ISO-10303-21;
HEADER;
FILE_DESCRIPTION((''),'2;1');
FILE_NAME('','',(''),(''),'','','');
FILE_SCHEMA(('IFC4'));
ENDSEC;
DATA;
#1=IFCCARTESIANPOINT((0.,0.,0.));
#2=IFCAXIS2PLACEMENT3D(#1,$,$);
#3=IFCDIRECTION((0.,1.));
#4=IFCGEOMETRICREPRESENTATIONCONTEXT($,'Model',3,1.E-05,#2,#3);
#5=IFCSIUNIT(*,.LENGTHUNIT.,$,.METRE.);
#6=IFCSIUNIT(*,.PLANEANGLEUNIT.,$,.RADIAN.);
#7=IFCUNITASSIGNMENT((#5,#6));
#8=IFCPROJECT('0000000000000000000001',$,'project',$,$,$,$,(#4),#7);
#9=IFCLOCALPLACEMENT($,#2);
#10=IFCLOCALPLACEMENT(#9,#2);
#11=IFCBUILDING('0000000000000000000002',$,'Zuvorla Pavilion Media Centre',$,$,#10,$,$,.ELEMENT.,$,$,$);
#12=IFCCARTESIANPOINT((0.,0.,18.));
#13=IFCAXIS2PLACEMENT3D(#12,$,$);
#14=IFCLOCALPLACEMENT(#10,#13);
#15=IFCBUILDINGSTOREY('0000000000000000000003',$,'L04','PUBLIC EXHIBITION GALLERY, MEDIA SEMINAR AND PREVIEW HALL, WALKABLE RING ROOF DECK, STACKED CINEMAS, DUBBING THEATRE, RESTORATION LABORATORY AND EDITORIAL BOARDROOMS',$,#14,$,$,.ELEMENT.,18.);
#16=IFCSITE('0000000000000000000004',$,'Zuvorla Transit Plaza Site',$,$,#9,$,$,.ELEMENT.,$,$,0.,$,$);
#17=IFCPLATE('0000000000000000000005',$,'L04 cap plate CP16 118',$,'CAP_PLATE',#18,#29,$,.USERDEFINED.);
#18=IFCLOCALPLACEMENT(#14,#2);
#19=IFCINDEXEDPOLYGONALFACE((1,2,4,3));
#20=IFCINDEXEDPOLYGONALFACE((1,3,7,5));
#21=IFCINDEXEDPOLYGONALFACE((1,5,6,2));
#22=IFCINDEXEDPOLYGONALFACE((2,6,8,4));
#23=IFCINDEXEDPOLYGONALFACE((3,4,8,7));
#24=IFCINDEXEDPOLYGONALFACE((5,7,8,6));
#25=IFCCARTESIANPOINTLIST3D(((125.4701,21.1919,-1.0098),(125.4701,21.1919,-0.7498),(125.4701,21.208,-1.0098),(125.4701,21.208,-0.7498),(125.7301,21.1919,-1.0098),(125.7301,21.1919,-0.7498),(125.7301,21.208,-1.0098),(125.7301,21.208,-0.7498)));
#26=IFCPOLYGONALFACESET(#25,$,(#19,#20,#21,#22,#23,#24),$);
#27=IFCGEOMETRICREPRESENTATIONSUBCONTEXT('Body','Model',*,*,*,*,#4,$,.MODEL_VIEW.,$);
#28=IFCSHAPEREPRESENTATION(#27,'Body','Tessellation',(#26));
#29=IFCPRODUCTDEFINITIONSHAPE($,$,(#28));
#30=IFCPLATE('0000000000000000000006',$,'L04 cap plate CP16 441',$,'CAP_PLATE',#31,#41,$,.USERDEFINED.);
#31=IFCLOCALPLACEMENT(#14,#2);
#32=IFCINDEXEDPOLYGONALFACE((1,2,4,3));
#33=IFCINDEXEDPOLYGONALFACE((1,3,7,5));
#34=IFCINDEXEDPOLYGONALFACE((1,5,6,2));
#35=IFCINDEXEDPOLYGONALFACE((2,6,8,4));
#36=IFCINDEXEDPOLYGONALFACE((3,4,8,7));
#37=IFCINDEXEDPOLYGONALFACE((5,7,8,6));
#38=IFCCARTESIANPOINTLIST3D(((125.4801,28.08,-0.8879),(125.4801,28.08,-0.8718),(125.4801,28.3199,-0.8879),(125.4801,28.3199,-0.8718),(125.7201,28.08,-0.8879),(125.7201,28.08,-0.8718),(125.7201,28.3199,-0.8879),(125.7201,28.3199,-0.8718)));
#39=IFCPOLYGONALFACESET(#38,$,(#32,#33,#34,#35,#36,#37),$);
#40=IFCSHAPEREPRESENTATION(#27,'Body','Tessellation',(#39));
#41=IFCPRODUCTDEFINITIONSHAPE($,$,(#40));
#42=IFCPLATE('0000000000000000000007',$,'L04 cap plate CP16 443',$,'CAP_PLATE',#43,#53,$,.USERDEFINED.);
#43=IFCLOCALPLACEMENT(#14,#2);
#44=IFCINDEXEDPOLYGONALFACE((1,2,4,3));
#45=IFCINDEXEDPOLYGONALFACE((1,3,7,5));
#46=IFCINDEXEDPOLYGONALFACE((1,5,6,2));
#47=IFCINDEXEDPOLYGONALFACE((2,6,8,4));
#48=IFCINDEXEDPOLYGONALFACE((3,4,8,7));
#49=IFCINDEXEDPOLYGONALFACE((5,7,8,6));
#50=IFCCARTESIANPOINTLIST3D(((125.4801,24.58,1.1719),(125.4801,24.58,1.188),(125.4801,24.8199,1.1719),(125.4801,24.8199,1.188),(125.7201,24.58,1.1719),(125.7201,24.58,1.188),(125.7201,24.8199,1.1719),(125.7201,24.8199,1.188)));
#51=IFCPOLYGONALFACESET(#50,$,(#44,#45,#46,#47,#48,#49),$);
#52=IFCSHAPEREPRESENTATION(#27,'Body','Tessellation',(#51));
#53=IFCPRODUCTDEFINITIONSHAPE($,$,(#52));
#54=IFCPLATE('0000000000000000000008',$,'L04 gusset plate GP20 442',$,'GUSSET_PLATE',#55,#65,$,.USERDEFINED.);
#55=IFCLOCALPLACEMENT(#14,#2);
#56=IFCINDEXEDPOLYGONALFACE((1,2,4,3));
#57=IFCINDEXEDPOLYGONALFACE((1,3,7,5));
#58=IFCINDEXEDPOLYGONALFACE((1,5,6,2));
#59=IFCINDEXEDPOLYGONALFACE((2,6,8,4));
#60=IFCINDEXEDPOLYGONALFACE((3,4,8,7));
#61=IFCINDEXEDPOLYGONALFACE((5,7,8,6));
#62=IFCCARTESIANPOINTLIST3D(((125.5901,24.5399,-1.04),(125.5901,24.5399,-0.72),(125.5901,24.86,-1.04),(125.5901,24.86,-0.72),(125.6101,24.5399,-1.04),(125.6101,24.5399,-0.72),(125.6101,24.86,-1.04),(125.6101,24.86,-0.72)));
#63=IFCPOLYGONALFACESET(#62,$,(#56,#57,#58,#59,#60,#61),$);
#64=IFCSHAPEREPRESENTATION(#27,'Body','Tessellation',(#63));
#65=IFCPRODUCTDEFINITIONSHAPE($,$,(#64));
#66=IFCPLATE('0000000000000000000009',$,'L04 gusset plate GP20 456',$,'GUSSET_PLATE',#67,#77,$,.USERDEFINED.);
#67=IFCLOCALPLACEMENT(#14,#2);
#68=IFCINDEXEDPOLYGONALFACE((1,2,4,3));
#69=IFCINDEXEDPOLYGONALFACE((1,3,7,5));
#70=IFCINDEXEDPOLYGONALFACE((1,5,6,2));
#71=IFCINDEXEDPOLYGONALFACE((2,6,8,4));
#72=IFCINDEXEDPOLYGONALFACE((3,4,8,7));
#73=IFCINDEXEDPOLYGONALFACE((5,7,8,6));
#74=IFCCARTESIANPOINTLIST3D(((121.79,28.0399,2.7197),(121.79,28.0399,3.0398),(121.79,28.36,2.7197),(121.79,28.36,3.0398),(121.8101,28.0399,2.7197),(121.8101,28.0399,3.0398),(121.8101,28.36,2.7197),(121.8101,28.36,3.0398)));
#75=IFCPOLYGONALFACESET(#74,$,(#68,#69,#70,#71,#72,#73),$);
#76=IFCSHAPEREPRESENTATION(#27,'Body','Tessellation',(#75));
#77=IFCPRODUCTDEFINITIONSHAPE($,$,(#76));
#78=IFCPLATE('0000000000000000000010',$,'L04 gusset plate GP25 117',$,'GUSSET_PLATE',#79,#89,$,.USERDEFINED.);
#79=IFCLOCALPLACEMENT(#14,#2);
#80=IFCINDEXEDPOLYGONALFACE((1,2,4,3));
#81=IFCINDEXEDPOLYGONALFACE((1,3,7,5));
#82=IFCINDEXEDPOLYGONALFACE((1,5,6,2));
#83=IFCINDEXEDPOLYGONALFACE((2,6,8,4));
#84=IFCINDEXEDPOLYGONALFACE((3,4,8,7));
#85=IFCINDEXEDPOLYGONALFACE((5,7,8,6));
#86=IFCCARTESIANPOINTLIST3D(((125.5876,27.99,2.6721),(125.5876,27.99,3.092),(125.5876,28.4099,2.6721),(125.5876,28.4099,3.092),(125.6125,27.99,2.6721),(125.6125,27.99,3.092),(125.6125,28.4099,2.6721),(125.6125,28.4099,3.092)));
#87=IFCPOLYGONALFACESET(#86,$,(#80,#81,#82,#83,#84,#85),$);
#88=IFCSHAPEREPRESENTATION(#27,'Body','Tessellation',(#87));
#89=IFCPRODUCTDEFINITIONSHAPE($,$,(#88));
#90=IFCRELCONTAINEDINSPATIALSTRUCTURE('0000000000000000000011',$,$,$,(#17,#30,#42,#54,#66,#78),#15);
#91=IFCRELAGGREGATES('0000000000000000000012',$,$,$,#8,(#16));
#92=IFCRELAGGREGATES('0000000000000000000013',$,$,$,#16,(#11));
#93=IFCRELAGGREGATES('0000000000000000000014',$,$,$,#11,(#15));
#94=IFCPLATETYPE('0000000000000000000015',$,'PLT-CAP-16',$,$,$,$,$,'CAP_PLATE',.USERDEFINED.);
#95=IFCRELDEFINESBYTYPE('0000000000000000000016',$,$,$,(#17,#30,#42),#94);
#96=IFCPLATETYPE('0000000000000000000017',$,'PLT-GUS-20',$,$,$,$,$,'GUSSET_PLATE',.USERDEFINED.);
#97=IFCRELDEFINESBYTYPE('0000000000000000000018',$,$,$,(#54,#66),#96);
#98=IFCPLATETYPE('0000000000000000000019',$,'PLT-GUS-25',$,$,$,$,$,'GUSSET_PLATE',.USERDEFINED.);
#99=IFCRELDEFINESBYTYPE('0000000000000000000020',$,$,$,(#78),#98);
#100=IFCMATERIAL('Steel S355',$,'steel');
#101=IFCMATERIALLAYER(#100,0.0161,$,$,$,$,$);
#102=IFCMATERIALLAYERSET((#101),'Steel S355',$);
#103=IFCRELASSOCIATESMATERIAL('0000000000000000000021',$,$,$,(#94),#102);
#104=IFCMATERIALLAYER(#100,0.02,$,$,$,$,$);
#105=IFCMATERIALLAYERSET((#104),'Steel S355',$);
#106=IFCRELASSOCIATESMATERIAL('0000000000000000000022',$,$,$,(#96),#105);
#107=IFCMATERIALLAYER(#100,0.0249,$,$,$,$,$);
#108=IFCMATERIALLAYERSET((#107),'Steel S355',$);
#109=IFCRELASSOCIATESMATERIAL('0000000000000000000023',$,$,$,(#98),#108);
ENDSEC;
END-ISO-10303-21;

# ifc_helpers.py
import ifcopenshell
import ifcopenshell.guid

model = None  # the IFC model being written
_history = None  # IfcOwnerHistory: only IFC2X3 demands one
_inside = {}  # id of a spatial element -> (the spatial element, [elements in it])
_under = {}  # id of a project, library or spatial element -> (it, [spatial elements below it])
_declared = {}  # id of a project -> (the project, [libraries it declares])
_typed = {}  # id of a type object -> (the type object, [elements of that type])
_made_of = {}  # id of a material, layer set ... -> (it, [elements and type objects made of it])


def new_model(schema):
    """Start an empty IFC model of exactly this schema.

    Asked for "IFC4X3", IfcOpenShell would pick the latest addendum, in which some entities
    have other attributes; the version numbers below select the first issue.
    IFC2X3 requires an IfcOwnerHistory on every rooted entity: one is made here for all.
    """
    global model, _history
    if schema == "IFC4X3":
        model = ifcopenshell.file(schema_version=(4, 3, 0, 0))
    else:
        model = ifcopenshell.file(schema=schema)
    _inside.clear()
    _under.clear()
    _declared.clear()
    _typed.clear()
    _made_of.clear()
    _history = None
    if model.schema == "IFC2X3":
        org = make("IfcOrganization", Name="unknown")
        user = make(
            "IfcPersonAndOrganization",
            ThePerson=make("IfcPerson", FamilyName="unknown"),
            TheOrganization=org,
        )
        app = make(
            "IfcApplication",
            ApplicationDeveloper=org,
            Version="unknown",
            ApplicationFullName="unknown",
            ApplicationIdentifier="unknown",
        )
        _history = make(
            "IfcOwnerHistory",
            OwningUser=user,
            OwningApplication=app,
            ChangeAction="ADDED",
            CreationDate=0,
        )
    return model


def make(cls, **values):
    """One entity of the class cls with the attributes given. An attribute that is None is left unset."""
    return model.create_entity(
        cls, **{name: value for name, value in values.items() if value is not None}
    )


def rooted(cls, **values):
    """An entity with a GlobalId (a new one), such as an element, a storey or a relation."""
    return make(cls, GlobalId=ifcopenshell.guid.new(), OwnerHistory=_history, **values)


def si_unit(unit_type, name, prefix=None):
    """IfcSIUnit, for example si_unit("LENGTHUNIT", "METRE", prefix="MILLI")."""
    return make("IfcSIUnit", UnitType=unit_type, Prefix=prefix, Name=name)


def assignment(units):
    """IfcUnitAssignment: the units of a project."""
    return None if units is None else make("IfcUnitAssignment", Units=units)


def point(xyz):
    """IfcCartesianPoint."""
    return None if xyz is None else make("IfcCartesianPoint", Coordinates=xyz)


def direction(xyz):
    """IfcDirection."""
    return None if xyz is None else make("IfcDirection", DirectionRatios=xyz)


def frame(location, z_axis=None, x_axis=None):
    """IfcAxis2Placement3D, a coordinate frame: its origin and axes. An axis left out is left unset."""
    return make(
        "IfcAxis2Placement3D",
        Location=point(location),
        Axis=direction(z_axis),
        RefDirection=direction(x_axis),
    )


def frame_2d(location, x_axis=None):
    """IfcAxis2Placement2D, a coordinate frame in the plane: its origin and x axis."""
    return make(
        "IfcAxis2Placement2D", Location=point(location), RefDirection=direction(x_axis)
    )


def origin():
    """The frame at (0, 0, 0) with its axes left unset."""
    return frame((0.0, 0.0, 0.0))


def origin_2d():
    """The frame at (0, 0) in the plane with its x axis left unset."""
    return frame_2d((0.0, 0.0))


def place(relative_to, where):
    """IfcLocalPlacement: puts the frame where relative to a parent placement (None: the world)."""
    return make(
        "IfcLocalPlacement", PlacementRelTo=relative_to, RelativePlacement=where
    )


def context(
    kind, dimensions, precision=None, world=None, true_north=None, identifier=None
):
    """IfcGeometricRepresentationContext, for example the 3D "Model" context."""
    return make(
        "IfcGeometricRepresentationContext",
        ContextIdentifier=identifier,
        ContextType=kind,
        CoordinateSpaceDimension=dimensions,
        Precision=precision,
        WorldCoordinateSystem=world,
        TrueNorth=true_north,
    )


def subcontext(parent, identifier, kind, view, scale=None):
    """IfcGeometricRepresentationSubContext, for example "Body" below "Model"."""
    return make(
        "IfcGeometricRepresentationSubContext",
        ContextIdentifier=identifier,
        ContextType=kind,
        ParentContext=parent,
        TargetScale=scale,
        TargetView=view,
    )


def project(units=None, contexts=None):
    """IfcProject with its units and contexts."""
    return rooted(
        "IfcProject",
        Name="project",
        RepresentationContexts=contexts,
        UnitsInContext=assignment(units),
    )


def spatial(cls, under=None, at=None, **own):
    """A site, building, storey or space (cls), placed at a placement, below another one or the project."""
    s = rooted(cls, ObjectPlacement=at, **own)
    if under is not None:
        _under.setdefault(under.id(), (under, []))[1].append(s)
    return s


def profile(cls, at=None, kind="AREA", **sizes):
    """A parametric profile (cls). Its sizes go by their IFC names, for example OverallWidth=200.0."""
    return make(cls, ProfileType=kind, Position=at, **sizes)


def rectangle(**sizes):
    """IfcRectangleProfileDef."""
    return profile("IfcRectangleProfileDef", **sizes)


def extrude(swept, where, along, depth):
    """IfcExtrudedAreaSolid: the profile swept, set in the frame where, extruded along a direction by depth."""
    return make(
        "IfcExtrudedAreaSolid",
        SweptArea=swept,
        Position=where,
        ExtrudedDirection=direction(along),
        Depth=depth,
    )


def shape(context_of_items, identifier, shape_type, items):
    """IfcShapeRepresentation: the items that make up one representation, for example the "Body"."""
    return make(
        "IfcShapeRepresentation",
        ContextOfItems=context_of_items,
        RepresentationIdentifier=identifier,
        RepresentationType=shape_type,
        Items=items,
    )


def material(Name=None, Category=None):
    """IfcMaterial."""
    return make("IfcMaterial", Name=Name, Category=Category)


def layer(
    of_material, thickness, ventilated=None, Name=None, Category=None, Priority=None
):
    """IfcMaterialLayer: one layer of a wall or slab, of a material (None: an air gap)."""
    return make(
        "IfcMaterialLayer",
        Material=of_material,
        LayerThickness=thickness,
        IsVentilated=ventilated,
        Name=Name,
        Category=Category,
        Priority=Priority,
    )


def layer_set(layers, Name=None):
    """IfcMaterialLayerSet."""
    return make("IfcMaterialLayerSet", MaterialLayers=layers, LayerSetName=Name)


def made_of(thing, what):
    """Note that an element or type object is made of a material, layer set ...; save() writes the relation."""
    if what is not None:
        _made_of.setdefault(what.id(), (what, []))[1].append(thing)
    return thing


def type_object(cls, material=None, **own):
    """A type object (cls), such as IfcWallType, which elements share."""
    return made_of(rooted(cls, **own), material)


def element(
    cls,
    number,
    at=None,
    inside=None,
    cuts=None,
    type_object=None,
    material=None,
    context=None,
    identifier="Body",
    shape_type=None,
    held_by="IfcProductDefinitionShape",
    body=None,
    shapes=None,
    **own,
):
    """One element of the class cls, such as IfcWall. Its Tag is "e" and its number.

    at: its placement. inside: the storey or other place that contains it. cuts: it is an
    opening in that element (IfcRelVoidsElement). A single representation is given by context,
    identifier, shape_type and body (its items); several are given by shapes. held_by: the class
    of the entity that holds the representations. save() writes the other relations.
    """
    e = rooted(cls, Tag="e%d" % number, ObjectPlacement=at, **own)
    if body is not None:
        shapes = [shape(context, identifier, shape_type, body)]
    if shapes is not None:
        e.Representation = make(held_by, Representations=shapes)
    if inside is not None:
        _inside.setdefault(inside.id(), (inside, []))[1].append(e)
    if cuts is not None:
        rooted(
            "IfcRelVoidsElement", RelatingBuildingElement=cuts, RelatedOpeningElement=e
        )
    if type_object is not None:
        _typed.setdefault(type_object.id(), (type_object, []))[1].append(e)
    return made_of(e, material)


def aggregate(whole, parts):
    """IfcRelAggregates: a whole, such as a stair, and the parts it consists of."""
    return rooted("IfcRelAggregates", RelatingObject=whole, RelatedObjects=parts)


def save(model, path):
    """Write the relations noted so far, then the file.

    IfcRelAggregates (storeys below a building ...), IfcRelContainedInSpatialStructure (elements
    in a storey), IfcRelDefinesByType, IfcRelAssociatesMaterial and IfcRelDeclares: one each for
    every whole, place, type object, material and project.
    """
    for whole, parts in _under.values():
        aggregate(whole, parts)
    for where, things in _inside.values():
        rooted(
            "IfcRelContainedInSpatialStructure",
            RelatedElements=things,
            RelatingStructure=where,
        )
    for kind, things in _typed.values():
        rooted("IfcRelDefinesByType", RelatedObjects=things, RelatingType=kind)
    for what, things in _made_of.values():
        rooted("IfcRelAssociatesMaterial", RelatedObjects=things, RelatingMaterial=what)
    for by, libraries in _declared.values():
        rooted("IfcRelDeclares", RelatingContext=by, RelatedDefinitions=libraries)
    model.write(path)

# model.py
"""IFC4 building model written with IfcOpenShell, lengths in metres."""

from ifc_helpers import new_model, si_unit, direction, frame, origin, origin_2d, place, context, subcontext, project, spatial, rectangle, extrude, material, layer, layer_set, type_object, element, save


model = new_model("IFC4")

# Units and contexts
model_context = context("Model", 3, precision=1e-05, world=origin(), true_north=direction((0.0, 1.0)))
body_context = subcontext(model_context, "Body", "Model", "MODEL_VIEW")
ifc_project = project(units=[si_unit("LENGTHUNIT", "METRE"), si_unit("PLANEANGLEUNIT", "RADIAN")], contexts=[model_context])

# Site, building, storey
site_placement = place(None, origin())
site = spatial("IfcSite", under=ifc_project, at=site_placement, Name="Zuvorla Transit Plaza Site", CompositionType="ELEMENT", RefElevation=0.0)
building_placement = place(site_placement, origin())
building = spatial("IfcBuilding", under=site, at=building_placement, Name="Zuvorla Pavilion Media Centre", CompositionType="ELEMENT")
storey_placement = place(building_placement, frame((0.0, 0.0, 18.0)))
storey = spatial("IfcBuildingStorey", under=building, at=storey_placement, Name="L04", Description="PUBLIC EXHIBITION GALLERY, MEDIA SEMINAR AND PREVIEW HALL, WALKABLE RING ROOF DECK, STACKED CINEMAS, DUBBING THEATRE, RESTORATION LABORATORY AND EDITORIAL BOARDROOMS", CompositionType="ELEMENT", Elevation=18.0)

# Shared definitions
ifc_material_1 = material(Name="Steel S355", Category="steel")

# Plates
ifc_layer_1 = layer(ifc_material_1, 0.0161)
ifc_layer_set_1 = layer_set([ifc_layer_1], Name="Steel S355")
plate_type_1 = type_object("IfcPlateType", Name="PLT-CAP-16", ElementType="CAP_PLATE", PredefinedType="USERDEFINED", material=ifc_layer_set_1)
plate_1_placement = place(storey_placement, frame((125.6001, 21.2, -1.0098), z_axis=(0.0, 0.0, 1.0), x_axis=(1.0, 0.0, 0.0)))
element("IfcPlate", 1, at=plate_1_placement, inside=storey, type_object=plate_type_1, Name="L04 cap plate CP16 118", ObjectType="CAP_PLATE", PredefinedType="USERDEFINED", context=body_context, shape_type="SweptSolid", body=[
    extrude(rectangle(XDim=0.26, YDim=0.0161, at=origin_2d()), origin(), (0.0, 0.0, 1.0), 0.26),
])
for number, where, z_axis, x_axis, name in (
    (2, (125.6001, 28.2, -0.8879), (0.0, 0.0, 1.0), (1.0, 0.0, 0.0), "L04 cap plate CP16 441"),
    (3, (125.6001, 24.7, 1.1719), (0.0, 0.0, 1.0), (1.0, 0.0, 0.0), "L04 cap plate CP16 443"),
):
    element("IfcPlate", number, at=place(storey_placement, frame(where, z_axis=z_axis, x_axis=x_axis)), inside=storey, type_object=plate_type_1, Name=name, ObjectType="CAP_PLATE", PredefinedType="USERDEFINED", context=body_context, shape_type="SweptSolid", body=[
        extrude(rectangle(XDim=0.24, YDim=0.24, at=origin_2d()), origin(), (0.0, 0.0, 1.0), 0.0161),
    ])
ifc_layer_2 = layer(ifc_material_1, 0.02)
ifc_layer_set_2 = layer_set([ifc_layer_2], Name="Steel S355")
plate_type_2 = type_object("IfcPlateType", Name="PLT-GUS-20", ElementType="GUSSET_PLATE", PredefinedType="USERDEFINED", material=ifc_layer_set_2)
for number, where, z_axis, x_axis, name in (
    (4, (125.6001, 24.7, -1.04), (0.0, 0.0, 1.0), (1.0, 0.0, 0.0), "L04 gusset plate GP20 442"),
    (5, (121.8, 28.2, 2.7197), (0.0, 0.0, 1.0), (1.0, 0.0, 0.0), "L04 gusset plate GP20 456"),
):
    element("IfcPlate", number, at=place(storey_placement, frame(where, z_axis=z_axis, x_axis=x_axis)), inside=storey, type_object=plate_type_2, Name=name, ObjectType="GUSSET_PLATE", PredefinedType="USERDEFINED", context=body_context, shape_type="SweptSolid", body=[
        extrude(rectangle(XDim=0.02, YDim=0.3201, at=origin_2d()), origin(), (0.0, 0.0, 1.0), 0.3201),
    ])
ifc_layer_3 = layer(ifc_material_1, 0.0249)
ifc_layer_set_3 = layer_set([ifc_layer_3], Name="Steel S355")
plate_type_3 = type_object("IfcPlateType", Name="PLT-GUS-25", ElementType="GUSSET_PLATE", PredefinedType="USERDEFINED", material=ifc_layer_set_3)
plate_2_placement = place(storey_placement, frame((125.6001, 28.2, 2.6721), z_axis=(0.0, 0.0, 1.0), x_axis=(1.0, 0.0, 0.0)))
element("IfcPlate", 6, at=plate_2_placement, inside=storey, type_object=plate_type_3, Name="L04 gusset plate GP25 117", ObjectType="GUSSET_PLATE", PredefinedType="USERDEFINED", context=body_context, shape_type="SweptSolid", body=[
    extrude(rectangle(XDim=0.0249, YDim=0.4199, at=origin_2d()), origin(), (0.0, 0.0, 1.0), 0.4199),
])

save(model, "model.ifc")
